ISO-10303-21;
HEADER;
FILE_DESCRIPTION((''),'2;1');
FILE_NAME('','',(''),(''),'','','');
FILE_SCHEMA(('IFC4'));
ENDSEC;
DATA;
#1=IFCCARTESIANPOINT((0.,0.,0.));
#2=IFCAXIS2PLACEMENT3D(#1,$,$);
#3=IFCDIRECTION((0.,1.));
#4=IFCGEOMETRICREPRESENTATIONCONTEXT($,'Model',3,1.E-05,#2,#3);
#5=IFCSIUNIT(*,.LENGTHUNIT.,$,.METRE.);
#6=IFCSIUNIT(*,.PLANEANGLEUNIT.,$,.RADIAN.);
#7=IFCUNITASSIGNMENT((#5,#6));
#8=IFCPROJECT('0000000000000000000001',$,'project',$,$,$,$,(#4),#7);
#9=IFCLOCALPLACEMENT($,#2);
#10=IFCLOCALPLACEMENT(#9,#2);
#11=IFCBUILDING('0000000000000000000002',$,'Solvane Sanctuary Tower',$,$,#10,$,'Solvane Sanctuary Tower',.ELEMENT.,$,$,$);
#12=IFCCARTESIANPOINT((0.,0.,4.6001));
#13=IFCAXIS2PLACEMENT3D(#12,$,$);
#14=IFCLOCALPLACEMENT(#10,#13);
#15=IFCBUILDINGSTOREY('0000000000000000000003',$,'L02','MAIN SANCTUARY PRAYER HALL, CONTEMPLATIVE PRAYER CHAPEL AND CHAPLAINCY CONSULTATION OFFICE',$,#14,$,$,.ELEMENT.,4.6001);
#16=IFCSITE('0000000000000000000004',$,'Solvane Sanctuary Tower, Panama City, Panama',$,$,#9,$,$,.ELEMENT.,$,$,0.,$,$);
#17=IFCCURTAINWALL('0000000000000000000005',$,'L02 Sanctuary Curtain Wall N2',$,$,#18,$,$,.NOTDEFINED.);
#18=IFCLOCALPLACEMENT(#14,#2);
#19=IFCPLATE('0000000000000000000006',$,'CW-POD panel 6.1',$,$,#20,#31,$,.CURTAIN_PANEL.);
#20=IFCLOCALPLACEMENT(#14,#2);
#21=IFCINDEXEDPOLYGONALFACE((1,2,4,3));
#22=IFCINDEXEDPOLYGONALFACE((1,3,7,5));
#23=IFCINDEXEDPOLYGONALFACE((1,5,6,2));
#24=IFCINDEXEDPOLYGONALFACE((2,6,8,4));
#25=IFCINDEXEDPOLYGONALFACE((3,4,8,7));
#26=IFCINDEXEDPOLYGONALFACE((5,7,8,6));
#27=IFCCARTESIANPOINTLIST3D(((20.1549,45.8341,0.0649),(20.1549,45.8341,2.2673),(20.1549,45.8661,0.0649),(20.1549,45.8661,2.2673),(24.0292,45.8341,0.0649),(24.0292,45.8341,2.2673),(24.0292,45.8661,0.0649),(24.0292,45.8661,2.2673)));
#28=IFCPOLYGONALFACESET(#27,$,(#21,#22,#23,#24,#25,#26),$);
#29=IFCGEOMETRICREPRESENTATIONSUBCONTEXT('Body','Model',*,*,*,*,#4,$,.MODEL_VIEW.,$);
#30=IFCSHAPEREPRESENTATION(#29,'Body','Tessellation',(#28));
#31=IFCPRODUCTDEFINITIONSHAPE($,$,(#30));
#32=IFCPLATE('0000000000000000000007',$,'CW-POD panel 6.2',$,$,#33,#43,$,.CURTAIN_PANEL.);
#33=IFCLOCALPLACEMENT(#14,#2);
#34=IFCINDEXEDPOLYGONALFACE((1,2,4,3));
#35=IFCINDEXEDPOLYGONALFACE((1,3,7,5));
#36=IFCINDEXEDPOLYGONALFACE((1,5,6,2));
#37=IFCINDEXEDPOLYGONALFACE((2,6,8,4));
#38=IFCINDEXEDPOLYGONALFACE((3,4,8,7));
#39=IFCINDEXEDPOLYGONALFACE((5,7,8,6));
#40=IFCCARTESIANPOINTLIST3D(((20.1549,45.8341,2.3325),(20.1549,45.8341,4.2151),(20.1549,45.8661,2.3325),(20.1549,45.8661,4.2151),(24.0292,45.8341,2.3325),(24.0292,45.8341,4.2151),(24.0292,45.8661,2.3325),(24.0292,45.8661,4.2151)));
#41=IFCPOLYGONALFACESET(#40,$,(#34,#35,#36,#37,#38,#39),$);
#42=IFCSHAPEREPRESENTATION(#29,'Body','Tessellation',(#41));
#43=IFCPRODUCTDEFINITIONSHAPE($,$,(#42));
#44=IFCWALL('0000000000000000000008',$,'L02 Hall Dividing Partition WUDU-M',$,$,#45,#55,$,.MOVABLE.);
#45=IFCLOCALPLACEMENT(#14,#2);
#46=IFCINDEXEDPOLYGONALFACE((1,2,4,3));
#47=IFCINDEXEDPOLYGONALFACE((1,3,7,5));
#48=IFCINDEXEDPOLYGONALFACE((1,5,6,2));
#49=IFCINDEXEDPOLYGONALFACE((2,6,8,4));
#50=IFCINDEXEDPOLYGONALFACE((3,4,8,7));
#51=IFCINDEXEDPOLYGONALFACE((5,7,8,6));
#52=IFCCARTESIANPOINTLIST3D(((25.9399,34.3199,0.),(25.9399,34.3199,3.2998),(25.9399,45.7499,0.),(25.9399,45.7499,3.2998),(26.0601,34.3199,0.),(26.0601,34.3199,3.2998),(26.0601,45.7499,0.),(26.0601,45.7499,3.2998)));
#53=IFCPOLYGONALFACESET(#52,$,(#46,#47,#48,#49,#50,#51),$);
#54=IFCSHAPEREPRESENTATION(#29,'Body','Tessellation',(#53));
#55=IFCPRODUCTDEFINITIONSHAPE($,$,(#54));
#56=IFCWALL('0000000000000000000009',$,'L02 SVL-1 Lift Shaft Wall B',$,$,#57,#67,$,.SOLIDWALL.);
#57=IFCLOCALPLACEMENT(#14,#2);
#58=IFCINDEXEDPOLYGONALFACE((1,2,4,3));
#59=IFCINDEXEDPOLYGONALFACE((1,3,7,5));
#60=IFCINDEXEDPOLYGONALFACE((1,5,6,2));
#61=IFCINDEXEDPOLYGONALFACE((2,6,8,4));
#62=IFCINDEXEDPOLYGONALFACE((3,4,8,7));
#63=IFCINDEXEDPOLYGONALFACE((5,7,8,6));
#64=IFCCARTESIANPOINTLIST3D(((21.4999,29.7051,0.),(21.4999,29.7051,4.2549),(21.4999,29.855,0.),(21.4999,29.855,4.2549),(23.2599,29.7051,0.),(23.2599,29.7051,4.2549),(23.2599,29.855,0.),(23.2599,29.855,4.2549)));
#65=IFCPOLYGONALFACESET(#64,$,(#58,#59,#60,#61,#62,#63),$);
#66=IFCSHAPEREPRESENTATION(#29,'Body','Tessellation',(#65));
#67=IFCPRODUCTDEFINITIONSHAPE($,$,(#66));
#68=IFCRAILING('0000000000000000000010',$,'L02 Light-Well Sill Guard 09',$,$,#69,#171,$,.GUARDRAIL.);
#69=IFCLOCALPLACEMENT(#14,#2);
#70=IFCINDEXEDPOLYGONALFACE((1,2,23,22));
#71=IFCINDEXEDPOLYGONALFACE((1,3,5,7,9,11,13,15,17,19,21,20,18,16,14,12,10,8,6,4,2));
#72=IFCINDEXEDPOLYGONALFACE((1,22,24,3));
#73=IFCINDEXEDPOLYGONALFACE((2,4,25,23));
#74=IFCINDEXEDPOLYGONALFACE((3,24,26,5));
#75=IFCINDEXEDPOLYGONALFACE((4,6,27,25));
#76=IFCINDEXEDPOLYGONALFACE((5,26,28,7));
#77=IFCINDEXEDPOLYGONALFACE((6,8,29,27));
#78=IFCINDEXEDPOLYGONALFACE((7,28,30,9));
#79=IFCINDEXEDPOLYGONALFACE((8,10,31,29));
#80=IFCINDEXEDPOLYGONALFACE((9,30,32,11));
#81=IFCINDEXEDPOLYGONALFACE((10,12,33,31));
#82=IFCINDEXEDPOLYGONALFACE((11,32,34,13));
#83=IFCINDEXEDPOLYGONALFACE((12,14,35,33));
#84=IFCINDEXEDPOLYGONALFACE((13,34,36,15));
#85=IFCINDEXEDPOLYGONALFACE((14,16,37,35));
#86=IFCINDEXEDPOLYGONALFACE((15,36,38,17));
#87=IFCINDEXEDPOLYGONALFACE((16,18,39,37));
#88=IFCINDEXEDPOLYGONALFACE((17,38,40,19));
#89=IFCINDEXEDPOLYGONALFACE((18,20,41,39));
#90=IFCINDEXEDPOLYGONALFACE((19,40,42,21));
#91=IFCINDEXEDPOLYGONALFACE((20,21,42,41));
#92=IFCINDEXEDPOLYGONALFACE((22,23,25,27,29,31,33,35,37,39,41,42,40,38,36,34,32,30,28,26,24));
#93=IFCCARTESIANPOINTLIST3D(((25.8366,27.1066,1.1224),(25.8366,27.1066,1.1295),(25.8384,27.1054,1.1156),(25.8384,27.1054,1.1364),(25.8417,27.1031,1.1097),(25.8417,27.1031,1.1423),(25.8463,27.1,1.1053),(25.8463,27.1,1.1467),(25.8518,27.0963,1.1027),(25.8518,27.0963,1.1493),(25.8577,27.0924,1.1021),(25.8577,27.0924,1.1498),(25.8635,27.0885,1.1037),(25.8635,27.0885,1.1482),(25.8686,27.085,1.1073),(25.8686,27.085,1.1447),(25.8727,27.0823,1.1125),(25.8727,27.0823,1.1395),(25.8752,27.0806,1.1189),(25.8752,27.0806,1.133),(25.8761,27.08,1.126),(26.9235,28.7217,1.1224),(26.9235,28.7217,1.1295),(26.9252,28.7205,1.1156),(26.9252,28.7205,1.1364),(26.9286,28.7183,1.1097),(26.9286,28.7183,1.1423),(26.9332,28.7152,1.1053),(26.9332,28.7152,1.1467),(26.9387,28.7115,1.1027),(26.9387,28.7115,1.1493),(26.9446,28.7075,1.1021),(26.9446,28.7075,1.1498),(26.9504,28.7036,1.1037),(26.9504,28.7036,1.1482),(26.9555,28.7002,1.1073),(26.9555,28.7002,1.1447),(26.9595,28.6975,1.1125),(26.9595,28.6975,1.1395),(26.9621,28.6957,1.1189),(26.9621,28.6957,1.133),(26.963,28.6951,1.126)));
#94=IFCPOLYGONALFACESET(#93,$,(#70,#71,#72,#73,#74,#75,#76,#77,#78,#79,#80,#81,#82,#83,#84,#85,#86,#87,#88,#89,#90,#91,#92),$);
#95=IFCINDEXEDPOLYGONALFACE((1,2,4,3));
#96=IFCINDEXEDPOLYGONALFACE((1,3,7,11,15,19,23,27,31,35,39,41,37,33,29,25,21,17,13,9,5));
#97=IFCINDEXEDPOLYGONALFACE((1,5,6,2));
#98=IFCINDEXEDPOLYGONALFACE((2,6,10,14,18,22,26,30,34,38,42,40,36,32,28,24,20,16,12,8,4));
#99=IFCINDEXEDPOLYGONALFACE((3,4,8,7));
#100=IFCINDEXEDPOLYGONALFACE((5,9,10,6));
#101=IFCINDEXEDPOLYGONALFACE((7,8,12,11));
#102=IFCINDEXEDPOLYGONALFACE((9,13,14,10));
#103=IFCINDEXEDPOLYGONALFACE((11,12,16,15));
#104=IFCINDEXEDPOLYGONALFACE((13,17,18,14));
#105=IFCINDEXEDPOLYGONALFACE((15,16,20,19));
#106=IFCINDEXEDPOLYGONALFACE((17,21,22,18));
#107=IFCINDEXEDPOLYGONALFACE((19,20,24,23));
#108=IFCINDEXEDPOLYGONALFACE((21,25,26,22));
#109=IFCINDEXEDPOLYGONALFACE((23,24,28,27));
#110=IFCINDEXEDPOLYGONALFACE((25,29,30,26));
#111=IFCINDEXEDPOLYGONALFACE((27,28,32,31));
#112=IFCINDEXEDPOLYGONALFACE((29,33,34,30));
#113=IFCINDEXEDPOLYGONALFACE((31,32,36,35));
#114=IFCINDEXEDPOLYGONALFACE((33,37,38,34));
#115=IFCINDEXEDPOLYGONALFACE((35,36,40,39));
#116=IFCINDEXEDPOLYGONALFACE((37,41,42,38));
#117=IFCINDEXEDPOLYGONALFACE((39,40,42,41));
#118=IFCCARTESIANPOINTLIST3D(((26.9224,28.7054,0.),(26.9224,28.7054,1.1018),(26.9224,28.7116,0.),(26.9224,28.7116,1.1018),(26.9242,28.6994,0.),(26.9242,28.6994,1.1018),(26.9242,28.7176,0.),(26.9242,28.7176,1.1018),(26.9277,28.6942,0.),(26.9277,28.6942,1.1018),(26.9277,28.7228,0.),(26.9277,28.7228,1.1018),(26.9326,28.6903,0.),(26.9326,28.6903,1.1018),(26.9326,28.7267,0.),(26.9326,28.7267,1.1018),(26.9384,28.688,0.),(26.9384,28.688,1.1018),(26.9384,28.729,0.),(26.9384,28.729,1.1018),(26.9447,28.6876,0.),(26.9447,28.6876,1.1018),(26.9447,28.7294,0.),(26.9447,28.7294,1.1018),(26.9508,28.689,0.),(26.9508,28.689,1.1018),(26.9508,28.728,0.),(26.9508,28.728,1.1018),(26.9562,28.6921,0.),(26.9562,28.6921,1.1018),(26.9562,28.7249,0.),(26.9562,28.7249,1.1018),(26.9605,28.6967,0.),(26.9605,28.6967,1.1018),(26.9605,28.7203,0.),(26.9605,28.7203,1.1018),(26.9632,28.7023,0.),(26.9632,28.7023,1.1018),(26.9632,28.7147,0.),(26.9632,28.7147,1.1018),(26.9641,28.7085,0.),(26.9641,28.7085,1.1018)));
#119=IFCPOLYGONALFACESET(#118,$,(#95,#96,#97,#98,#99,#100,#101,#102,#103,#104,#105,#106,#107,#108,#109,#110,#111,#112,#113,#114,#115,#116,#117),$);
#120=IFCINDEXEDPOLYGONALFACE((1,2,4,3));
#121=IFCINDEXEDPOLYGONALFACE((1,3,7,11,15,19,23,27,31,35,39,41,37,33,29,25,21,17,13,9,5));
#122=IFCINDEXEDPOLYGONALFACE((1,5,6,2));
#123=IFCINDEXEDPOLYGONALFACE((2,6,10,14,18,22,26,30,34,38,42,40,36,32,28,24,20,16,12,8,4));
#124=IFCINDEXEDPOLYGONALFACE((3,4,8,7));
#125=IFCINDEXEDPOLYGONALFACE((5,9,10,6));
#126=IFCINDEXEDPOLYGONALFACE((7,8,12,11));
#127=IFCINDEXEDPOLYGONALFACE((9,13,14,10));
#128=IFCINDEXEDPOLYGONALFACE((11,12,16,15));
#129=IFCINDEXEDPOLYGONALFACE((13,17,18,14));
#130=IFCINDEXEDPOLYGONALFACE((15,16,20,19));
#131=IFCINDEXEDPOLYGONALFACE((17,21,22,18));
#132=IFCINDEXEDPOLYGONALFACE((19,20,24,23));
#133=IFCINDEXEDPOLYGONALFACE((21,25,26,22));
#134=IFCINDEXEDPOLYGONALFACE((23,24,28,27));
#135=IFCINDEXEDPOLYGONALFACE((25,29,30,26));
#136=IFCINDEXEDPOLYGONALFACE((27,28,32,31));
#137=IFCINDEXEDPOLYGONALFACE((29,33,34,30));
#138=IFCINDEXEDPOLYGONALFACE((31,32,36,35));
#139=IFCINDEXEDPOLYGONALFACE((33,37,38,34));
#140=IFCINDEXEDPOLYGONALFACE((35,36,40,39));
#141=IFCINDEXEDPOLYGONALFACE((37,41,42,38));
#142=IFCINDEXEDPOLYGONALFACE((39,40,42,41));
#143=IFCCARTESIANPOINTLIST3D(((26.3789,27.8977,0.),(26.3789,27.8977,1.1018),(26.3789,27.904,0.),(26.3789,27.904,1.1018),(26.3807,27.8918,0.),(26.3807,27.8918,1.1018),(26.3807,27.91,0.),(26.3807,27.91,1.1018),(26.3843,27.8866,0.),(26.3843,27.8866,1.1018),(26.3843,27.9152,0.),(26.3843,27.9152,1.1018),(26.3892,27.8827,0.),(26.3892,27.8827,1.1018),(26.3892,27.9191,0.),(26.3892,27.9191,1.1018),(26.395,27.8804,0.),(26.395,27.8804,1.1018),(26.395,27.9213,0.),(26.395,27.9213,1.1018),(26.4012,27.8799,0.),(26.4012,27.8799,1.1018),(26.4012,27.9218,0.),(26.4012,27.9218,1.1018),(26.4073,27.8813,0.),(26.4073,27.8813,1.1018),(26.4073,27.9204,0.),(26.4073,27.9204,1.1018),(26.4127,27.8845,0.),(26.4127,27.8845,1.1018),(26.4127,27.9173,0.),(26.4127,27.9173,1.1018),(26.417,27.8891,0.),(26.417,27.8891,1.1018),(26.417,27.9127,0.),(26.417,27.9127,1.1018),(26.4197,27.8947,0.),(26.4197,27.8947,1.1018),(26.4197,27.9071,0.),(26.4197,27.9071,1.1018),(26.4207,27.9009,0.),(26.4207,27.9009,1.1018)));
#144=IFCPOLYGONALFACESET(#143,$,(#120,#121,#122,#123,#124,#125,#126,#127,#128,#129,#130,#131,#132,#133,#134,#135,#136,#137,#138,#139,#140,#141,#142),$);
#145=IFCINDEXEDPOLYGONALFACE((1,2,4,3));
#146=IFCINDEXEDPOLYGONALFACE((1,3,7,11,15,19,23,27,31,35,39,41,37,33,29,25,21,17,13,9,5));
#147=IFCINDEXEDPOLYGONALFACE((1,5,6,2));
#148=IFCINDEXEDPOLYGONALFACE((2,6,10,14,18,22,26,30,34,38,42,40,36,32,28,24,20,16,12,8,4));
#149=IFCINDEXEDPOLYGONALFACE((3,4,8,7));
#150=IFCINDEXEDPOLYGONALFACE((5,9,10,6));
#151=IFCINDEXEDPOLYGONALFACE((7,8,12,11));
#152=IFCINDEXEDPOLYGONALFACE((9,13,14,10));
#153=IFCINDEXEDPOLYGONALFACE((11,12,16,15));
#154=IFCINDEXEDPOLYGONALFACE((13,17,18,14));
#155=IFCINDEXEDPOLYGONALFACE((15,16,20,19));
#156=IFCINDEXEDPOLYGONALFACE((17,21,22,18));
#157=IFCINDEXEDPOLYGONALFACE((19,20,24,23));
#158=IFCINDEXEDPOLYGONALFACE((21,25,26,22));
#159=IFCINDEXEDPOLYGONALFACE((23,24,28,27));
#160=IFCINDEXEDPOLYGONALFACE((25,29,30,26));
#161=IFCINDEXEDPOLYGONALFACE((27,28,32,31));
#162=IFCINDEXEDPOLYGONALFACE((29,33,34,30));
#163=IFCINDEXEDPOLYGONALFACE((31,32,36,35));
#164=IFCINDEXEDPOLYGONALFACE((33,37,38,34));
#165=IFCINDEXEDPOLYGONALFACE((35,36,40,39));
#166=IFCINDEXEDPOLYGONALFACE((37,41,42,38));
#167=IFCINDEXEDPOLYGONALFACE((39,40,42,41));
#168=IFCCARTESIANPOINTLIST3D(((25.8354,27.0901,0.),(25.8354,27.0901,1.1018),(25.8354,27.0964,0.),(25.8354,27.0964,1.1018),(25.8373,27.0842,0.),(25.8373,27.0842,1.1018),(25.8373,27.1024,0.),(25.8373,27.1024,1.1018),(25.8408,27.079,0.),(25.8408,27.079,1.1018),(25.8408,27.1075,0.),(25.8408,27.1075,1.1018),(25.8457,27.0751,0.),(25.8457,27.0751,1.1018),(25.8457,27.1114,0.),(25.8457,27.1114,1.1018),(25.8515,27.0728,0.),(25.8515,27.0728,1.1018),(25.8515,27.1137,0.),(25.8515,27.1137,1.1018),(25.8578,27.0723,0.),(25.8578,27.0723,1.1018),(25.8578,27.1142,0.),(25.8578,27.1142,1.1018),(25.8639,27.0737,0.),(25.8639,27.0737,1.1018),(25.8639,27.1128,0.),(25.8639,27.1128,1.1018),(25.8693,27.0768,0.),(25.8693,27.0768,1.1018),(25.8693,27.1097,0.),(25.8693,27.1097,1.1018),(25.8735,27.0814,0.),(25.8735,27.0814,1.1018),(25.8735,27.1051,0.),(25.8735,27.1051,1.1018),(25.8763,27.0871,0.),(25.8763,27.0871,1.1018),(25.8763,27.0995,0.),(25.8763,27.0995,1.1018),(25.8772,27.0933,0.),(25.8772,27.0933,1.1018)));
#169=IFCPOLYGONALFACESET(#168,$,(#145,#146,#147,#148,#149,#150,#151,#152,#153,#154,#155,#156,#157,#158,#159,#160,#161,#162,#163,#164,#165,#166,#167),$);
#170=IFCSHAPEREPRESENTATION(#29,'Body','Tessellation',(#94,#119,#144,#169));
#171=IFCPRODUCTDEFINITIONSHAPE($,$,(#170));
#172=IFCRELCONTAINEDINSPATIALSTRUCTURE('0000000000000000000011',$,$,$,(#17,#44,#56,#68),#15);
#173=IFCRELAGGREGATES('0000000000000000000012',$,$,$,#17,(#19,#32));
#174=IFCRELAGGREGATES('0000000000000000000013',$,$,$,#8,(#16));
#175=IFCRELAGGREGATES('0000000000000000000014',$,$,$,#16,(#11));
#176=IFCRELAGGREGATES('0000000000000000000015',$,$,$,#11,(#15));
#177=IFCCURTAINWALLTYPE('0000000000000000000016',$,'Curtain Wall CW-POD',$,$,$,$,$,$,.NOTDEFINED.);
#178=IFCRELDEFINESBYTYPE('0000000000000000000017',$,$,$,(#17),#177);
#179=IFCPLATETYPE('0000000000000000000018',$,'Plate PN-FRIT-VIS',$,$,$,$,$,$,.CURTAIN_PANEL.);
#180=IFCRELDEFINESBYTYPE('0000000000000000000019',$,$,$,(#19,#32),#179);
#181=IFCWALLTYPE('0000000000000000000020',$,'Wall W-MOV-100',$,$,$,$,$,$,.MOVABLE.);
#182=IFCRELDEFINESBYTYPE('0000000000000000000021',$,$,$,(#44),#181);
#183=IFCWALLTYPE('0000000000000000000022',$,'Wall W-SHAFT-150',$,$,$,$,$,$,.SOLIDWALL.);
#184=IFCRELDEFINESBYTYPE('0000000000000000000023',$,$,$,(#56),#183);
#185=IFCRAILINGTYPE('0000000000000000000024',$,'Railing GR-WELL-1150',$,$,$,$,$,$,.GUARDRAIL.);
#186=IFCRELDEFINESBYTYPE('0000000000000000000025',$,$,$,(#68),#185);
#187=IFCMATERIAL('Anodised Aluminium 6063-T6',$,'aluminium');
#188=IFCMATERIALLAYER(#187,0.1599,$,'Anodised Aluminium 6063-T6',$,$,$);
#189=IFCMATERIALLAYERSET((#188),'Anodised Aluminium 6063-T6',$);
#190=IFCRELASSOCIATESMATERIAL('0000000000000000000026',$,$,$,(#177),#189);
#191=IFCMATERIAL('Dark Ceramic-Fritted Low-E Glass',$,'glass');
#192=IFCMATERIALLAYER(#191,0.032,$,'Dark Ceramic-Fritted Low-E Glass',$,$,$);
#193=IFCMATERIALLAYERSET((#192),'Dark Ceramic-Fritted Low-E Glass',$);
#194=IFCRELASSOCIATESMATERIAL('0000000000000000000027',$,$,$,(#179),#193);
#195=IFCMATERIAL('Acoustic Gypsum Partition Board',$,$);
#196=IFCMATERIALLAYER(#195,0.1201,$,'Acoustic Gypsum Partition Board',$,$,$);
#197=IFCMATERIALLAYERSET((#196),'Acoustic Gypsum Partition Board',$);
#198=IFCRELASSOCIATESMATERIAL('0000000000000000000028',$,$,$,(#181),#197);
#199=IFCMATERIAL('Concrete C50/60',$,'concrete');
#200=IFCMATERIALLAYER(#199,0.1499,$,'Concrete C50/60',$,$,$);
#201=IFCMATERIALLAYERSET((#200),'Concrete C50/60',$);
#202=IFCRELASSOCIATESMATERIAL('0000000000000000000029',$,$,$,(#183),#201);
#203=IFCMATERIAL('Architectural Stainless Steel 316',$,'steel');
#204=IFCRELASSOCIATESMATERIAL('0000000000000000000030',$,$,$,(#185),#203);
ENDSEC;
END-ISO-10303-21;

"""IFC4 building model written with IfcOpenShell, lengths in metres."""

from ifc_helpers import new_model, si_unit, direction, frame, frame_2d, origin, origin_2d, place, context, subcontext, project, spatial, rectangle, circle, extrude, material, layer, layer_set, type_object, element, aggregate, save


model = new_model("IFC4")

# Units and contexts
model_context = context("Model", 3, precision=1e-05, world=origin(), true_north=direction((0.0, 1.0)))
body_context = subcontext(model_context, "Body", "Model", "MODEL_VIEW")
ifc_project = project(units=[si_unit("LENGTHUNIT", "METRE"), si_unit("PLANEANGLEUNIT", "RADIAN")], contexts=[model_context])

# Site, building, storey
site_placement = place(None, origin())
site = spatial("IfcSite", under=ifc_project, at=site_placement, Name="Solvane Sanctuary Tower, Panama City, Panama", CompositionType="ELEMENT", RefElevation=0.0)
building_placement = place(site_placement, origin())
building = spatial("IfcBuilding", under=site, at=building_placement, Name="Solvane Sanctuary Tower", LongName="Solvane Sanctuary Tower", CompositionType="ELEMENT")
storey_placement = place(building_placement, frame((0.0, 0.0, 4.6001)))
storey = spatial("IfcBuildingStorey", under=building, at=storey_placement, Name="L02", Description="MAIN SANCTUARY PRAYER HALL, CONTEMPLATIVE PRAYER CHAPEL AND CHAPLAINCY CONSULTATION OFFICE", CompositionType="ELEMENT", Elevation=4.6001)

# Curtain wall
ifc_material_1 = material(Name="Anodised Aluminium 6063-T6", Category="aluminium")
ifc_layer_1 = layer(ifc_material_1, 0.1599, Name="Anodised Aluminium 6063-T6")
ifc_layer_set_1 = layer_set([ifc_layer_1], Name="Anodised Aluminium 6063-T6")
curtain_wall_type_1 = type_object("IfcCurtainWallType", Name="Curtain Wall CW-POD", PredefinedType="NOTDEFINED", material=ifc_layer_set_1)
curtain_wall_1_placement = place(storey_placement, origin())
curtain_wall_1 = element("IfcCurtainWall", 1, at=curtain_wall_1_placement, inside=storey, type_object=curtain_wall_type_1, Name="L02 Sanctuary Curtain Wall N2", PredefinedType="NOTDEFINED")

# Plates
ifc_material_2 = material(Name="Dark Ceramic-Fritted Low-E Glass", Category="glass")
ifc_layer_2 = layer(ifc_material_2, 0.032, Name="Dark Ceramic-Fritted Low-E Glass")
ifc_layer_set_2 = layer_set([ifc_layer_2], Name="Dark Ceramic-Fritted Low-E Glass")
plate_type = type_object("IfcPlateType", Name="Plate PN-FRIT-VIS", PredefinedType="CURTAIN_PANEL", material=ifc_layer_set_2)
plate_1_placement = place(storey_placement, frame((22.092, 45.8501, 0.0649), z_axis=(0.0, 0.0, 1.0), x_axis=(-1.0, 0.0, 0.0)))
plate_1 = element("IfcPlate", 2, at=plate_1_placement, type_object=plate_type, Name="CW-POD panel 6.1", PredefinedType="CURTAIN_PANEL", context=body_context, shape_type="SweptSolid", body=[
    extrude(rectangle(XDim=3.8743, YDim=0.032, at=origin_2d()), origin(), (0.0, 0.0, 1.0), 2.2024),
])
plate_2_placement = place(storey_placement, frame((22.092, 45.8501, 2.3325), z_axis=(0.0, 0.0, 1.0), x_axis=(-1.0, 0.0, 0.0)))
plate_2 = element("IfcPlate", 3, at=plate_2_placement, type_object=plate_type, Name="CW-POD panel 6.2", PredefinedType="CURTAIN_PANEL", context=body_context, shape_type="SweptSolid", body=[
    extrude(rectangle(XDim=3.8743, YDim=0.032, at=origin_2d()), origin(), (0.0, 0.0, 1.0), 1.8826),
])
aggregate(curtain_wall_1, [plate_1, plate_2])

# Walls
ifc_material_3 = material(Name="Acoustic Gypsum Partition Board")
ifc_layer_3 = layer(ifc_material_3, 0.1201, Name="Acoustic Gypsum Partition Board")
ifc_layer_set_3 = layer_set([ifc_layer_3], Name="Acoustic Gypsum Partition Board")
wall_type_1 = type_object("IfcWallType", Name="Wall W-MOV-100", PredefinedType="MOVABLE", material=ifc_layer_set_3)
wall_1_placement = place(storey_placement, frame((26.0, 34.3201, 0.0), z_axis=(0.0, 0.0, 1.0), x_axis=(0.0, 1.0, 0.0)))
element("IfcWall", 4, at=wall_1_placement, inside=storey, type_object=wall_type_1, Name="L02 Hall Dividing Partition WUDU-M", PredefinedType="MOVABLE", context=body_context, shape_type="SweptSolid", body=[
    extrude(rectangle(XDim=11.4299, YDim=0.1201, at=frame_2d((5.7148, 0.0))), origin(), (0.0, 0.0, 1.0), 3.2998),
])
ifc_material_4 = material(Name="Concrete C50/60", Category="concrete")
ifc_layer_4 = layer(ifc_material_4, 0.1499, Name="Concrete C50/60")
ifc_layer_set_4 = layer_set([ifc_layer_4], Name="Concrete C50/60")
wall_type_2 = type_object("IfcWallType", Name="Wall W-SHAFT-150", PredefinedType="SOLIDWALL", material=ifc_layer_set_4)
wall_2_placement = place(storey_placement, frame((21.5, 29.78, 0.0), z_axis=(0.0, 0.0, 1.0), x_axis=(1.0, 0.0, 0.0)))
element("IfcWall", 5, at=wall_2_placement, inside=storey, type_object=wall_type_2, Name="L02 SVL-1 Lift Shaft Wall B", PredefinedType="SOLIDWALL", context=body_context, shape_type="SweptSolid", body=[
    extrude(rectangle(XDim=1.76, YDim=0.1499, at=frame_2d((0.8799, 0.0))), origin(), (0.0, 0.0, 1.0), 4.2549),
])

# Railing
ifc_material_5 = material(Name="Architectural Stainless Steel 316", Category="steel")
railing_type = type_object("IfcRailingType", Name="Railing GR-WELL-1150", PredefinedType="GUARDRAIL", material=ifc_material_5)
railing_placement = place(storey_placement, frame((26.9431, 28.7085, 0.0)))
element("IfcRailing", 6, at=railing_placement, inside=storey, type_object=railing_type, Name="L02 Light-Well Sill Guard 09", PredefinedType="GUARDRAIL", context=body_context, shape_type="SweptSolid", body=[
    extrude(circle(Radius=0.0239, at=origin_2d()), frame((0.0, 0.0, 1.126), z_axis=(-0.558283, -0.82965, 0.0), x_axis=(0.82965, -0.558283, 0.0)), (0.0, 0.0, 1.0), 1.9468),
    extrude(circle(Radius=0.021, at=origin_2d()), origin(), (0.0, 0.0, 1.0), 1.1018),
    extrude(circle(Radius=0.021, at=origin_2d()), frame((-0.5435, -0.8076, 0.0)), (0.0, 0.0, 1.0), 1.1018),
    extrude(circle(Radius=0.021, at=origin_2d()), frame((-1.0869, -1.6152, 0.0)), (0.0, 0.0, 1.0), 1.1018),
])

save(model, "model.ifc")
